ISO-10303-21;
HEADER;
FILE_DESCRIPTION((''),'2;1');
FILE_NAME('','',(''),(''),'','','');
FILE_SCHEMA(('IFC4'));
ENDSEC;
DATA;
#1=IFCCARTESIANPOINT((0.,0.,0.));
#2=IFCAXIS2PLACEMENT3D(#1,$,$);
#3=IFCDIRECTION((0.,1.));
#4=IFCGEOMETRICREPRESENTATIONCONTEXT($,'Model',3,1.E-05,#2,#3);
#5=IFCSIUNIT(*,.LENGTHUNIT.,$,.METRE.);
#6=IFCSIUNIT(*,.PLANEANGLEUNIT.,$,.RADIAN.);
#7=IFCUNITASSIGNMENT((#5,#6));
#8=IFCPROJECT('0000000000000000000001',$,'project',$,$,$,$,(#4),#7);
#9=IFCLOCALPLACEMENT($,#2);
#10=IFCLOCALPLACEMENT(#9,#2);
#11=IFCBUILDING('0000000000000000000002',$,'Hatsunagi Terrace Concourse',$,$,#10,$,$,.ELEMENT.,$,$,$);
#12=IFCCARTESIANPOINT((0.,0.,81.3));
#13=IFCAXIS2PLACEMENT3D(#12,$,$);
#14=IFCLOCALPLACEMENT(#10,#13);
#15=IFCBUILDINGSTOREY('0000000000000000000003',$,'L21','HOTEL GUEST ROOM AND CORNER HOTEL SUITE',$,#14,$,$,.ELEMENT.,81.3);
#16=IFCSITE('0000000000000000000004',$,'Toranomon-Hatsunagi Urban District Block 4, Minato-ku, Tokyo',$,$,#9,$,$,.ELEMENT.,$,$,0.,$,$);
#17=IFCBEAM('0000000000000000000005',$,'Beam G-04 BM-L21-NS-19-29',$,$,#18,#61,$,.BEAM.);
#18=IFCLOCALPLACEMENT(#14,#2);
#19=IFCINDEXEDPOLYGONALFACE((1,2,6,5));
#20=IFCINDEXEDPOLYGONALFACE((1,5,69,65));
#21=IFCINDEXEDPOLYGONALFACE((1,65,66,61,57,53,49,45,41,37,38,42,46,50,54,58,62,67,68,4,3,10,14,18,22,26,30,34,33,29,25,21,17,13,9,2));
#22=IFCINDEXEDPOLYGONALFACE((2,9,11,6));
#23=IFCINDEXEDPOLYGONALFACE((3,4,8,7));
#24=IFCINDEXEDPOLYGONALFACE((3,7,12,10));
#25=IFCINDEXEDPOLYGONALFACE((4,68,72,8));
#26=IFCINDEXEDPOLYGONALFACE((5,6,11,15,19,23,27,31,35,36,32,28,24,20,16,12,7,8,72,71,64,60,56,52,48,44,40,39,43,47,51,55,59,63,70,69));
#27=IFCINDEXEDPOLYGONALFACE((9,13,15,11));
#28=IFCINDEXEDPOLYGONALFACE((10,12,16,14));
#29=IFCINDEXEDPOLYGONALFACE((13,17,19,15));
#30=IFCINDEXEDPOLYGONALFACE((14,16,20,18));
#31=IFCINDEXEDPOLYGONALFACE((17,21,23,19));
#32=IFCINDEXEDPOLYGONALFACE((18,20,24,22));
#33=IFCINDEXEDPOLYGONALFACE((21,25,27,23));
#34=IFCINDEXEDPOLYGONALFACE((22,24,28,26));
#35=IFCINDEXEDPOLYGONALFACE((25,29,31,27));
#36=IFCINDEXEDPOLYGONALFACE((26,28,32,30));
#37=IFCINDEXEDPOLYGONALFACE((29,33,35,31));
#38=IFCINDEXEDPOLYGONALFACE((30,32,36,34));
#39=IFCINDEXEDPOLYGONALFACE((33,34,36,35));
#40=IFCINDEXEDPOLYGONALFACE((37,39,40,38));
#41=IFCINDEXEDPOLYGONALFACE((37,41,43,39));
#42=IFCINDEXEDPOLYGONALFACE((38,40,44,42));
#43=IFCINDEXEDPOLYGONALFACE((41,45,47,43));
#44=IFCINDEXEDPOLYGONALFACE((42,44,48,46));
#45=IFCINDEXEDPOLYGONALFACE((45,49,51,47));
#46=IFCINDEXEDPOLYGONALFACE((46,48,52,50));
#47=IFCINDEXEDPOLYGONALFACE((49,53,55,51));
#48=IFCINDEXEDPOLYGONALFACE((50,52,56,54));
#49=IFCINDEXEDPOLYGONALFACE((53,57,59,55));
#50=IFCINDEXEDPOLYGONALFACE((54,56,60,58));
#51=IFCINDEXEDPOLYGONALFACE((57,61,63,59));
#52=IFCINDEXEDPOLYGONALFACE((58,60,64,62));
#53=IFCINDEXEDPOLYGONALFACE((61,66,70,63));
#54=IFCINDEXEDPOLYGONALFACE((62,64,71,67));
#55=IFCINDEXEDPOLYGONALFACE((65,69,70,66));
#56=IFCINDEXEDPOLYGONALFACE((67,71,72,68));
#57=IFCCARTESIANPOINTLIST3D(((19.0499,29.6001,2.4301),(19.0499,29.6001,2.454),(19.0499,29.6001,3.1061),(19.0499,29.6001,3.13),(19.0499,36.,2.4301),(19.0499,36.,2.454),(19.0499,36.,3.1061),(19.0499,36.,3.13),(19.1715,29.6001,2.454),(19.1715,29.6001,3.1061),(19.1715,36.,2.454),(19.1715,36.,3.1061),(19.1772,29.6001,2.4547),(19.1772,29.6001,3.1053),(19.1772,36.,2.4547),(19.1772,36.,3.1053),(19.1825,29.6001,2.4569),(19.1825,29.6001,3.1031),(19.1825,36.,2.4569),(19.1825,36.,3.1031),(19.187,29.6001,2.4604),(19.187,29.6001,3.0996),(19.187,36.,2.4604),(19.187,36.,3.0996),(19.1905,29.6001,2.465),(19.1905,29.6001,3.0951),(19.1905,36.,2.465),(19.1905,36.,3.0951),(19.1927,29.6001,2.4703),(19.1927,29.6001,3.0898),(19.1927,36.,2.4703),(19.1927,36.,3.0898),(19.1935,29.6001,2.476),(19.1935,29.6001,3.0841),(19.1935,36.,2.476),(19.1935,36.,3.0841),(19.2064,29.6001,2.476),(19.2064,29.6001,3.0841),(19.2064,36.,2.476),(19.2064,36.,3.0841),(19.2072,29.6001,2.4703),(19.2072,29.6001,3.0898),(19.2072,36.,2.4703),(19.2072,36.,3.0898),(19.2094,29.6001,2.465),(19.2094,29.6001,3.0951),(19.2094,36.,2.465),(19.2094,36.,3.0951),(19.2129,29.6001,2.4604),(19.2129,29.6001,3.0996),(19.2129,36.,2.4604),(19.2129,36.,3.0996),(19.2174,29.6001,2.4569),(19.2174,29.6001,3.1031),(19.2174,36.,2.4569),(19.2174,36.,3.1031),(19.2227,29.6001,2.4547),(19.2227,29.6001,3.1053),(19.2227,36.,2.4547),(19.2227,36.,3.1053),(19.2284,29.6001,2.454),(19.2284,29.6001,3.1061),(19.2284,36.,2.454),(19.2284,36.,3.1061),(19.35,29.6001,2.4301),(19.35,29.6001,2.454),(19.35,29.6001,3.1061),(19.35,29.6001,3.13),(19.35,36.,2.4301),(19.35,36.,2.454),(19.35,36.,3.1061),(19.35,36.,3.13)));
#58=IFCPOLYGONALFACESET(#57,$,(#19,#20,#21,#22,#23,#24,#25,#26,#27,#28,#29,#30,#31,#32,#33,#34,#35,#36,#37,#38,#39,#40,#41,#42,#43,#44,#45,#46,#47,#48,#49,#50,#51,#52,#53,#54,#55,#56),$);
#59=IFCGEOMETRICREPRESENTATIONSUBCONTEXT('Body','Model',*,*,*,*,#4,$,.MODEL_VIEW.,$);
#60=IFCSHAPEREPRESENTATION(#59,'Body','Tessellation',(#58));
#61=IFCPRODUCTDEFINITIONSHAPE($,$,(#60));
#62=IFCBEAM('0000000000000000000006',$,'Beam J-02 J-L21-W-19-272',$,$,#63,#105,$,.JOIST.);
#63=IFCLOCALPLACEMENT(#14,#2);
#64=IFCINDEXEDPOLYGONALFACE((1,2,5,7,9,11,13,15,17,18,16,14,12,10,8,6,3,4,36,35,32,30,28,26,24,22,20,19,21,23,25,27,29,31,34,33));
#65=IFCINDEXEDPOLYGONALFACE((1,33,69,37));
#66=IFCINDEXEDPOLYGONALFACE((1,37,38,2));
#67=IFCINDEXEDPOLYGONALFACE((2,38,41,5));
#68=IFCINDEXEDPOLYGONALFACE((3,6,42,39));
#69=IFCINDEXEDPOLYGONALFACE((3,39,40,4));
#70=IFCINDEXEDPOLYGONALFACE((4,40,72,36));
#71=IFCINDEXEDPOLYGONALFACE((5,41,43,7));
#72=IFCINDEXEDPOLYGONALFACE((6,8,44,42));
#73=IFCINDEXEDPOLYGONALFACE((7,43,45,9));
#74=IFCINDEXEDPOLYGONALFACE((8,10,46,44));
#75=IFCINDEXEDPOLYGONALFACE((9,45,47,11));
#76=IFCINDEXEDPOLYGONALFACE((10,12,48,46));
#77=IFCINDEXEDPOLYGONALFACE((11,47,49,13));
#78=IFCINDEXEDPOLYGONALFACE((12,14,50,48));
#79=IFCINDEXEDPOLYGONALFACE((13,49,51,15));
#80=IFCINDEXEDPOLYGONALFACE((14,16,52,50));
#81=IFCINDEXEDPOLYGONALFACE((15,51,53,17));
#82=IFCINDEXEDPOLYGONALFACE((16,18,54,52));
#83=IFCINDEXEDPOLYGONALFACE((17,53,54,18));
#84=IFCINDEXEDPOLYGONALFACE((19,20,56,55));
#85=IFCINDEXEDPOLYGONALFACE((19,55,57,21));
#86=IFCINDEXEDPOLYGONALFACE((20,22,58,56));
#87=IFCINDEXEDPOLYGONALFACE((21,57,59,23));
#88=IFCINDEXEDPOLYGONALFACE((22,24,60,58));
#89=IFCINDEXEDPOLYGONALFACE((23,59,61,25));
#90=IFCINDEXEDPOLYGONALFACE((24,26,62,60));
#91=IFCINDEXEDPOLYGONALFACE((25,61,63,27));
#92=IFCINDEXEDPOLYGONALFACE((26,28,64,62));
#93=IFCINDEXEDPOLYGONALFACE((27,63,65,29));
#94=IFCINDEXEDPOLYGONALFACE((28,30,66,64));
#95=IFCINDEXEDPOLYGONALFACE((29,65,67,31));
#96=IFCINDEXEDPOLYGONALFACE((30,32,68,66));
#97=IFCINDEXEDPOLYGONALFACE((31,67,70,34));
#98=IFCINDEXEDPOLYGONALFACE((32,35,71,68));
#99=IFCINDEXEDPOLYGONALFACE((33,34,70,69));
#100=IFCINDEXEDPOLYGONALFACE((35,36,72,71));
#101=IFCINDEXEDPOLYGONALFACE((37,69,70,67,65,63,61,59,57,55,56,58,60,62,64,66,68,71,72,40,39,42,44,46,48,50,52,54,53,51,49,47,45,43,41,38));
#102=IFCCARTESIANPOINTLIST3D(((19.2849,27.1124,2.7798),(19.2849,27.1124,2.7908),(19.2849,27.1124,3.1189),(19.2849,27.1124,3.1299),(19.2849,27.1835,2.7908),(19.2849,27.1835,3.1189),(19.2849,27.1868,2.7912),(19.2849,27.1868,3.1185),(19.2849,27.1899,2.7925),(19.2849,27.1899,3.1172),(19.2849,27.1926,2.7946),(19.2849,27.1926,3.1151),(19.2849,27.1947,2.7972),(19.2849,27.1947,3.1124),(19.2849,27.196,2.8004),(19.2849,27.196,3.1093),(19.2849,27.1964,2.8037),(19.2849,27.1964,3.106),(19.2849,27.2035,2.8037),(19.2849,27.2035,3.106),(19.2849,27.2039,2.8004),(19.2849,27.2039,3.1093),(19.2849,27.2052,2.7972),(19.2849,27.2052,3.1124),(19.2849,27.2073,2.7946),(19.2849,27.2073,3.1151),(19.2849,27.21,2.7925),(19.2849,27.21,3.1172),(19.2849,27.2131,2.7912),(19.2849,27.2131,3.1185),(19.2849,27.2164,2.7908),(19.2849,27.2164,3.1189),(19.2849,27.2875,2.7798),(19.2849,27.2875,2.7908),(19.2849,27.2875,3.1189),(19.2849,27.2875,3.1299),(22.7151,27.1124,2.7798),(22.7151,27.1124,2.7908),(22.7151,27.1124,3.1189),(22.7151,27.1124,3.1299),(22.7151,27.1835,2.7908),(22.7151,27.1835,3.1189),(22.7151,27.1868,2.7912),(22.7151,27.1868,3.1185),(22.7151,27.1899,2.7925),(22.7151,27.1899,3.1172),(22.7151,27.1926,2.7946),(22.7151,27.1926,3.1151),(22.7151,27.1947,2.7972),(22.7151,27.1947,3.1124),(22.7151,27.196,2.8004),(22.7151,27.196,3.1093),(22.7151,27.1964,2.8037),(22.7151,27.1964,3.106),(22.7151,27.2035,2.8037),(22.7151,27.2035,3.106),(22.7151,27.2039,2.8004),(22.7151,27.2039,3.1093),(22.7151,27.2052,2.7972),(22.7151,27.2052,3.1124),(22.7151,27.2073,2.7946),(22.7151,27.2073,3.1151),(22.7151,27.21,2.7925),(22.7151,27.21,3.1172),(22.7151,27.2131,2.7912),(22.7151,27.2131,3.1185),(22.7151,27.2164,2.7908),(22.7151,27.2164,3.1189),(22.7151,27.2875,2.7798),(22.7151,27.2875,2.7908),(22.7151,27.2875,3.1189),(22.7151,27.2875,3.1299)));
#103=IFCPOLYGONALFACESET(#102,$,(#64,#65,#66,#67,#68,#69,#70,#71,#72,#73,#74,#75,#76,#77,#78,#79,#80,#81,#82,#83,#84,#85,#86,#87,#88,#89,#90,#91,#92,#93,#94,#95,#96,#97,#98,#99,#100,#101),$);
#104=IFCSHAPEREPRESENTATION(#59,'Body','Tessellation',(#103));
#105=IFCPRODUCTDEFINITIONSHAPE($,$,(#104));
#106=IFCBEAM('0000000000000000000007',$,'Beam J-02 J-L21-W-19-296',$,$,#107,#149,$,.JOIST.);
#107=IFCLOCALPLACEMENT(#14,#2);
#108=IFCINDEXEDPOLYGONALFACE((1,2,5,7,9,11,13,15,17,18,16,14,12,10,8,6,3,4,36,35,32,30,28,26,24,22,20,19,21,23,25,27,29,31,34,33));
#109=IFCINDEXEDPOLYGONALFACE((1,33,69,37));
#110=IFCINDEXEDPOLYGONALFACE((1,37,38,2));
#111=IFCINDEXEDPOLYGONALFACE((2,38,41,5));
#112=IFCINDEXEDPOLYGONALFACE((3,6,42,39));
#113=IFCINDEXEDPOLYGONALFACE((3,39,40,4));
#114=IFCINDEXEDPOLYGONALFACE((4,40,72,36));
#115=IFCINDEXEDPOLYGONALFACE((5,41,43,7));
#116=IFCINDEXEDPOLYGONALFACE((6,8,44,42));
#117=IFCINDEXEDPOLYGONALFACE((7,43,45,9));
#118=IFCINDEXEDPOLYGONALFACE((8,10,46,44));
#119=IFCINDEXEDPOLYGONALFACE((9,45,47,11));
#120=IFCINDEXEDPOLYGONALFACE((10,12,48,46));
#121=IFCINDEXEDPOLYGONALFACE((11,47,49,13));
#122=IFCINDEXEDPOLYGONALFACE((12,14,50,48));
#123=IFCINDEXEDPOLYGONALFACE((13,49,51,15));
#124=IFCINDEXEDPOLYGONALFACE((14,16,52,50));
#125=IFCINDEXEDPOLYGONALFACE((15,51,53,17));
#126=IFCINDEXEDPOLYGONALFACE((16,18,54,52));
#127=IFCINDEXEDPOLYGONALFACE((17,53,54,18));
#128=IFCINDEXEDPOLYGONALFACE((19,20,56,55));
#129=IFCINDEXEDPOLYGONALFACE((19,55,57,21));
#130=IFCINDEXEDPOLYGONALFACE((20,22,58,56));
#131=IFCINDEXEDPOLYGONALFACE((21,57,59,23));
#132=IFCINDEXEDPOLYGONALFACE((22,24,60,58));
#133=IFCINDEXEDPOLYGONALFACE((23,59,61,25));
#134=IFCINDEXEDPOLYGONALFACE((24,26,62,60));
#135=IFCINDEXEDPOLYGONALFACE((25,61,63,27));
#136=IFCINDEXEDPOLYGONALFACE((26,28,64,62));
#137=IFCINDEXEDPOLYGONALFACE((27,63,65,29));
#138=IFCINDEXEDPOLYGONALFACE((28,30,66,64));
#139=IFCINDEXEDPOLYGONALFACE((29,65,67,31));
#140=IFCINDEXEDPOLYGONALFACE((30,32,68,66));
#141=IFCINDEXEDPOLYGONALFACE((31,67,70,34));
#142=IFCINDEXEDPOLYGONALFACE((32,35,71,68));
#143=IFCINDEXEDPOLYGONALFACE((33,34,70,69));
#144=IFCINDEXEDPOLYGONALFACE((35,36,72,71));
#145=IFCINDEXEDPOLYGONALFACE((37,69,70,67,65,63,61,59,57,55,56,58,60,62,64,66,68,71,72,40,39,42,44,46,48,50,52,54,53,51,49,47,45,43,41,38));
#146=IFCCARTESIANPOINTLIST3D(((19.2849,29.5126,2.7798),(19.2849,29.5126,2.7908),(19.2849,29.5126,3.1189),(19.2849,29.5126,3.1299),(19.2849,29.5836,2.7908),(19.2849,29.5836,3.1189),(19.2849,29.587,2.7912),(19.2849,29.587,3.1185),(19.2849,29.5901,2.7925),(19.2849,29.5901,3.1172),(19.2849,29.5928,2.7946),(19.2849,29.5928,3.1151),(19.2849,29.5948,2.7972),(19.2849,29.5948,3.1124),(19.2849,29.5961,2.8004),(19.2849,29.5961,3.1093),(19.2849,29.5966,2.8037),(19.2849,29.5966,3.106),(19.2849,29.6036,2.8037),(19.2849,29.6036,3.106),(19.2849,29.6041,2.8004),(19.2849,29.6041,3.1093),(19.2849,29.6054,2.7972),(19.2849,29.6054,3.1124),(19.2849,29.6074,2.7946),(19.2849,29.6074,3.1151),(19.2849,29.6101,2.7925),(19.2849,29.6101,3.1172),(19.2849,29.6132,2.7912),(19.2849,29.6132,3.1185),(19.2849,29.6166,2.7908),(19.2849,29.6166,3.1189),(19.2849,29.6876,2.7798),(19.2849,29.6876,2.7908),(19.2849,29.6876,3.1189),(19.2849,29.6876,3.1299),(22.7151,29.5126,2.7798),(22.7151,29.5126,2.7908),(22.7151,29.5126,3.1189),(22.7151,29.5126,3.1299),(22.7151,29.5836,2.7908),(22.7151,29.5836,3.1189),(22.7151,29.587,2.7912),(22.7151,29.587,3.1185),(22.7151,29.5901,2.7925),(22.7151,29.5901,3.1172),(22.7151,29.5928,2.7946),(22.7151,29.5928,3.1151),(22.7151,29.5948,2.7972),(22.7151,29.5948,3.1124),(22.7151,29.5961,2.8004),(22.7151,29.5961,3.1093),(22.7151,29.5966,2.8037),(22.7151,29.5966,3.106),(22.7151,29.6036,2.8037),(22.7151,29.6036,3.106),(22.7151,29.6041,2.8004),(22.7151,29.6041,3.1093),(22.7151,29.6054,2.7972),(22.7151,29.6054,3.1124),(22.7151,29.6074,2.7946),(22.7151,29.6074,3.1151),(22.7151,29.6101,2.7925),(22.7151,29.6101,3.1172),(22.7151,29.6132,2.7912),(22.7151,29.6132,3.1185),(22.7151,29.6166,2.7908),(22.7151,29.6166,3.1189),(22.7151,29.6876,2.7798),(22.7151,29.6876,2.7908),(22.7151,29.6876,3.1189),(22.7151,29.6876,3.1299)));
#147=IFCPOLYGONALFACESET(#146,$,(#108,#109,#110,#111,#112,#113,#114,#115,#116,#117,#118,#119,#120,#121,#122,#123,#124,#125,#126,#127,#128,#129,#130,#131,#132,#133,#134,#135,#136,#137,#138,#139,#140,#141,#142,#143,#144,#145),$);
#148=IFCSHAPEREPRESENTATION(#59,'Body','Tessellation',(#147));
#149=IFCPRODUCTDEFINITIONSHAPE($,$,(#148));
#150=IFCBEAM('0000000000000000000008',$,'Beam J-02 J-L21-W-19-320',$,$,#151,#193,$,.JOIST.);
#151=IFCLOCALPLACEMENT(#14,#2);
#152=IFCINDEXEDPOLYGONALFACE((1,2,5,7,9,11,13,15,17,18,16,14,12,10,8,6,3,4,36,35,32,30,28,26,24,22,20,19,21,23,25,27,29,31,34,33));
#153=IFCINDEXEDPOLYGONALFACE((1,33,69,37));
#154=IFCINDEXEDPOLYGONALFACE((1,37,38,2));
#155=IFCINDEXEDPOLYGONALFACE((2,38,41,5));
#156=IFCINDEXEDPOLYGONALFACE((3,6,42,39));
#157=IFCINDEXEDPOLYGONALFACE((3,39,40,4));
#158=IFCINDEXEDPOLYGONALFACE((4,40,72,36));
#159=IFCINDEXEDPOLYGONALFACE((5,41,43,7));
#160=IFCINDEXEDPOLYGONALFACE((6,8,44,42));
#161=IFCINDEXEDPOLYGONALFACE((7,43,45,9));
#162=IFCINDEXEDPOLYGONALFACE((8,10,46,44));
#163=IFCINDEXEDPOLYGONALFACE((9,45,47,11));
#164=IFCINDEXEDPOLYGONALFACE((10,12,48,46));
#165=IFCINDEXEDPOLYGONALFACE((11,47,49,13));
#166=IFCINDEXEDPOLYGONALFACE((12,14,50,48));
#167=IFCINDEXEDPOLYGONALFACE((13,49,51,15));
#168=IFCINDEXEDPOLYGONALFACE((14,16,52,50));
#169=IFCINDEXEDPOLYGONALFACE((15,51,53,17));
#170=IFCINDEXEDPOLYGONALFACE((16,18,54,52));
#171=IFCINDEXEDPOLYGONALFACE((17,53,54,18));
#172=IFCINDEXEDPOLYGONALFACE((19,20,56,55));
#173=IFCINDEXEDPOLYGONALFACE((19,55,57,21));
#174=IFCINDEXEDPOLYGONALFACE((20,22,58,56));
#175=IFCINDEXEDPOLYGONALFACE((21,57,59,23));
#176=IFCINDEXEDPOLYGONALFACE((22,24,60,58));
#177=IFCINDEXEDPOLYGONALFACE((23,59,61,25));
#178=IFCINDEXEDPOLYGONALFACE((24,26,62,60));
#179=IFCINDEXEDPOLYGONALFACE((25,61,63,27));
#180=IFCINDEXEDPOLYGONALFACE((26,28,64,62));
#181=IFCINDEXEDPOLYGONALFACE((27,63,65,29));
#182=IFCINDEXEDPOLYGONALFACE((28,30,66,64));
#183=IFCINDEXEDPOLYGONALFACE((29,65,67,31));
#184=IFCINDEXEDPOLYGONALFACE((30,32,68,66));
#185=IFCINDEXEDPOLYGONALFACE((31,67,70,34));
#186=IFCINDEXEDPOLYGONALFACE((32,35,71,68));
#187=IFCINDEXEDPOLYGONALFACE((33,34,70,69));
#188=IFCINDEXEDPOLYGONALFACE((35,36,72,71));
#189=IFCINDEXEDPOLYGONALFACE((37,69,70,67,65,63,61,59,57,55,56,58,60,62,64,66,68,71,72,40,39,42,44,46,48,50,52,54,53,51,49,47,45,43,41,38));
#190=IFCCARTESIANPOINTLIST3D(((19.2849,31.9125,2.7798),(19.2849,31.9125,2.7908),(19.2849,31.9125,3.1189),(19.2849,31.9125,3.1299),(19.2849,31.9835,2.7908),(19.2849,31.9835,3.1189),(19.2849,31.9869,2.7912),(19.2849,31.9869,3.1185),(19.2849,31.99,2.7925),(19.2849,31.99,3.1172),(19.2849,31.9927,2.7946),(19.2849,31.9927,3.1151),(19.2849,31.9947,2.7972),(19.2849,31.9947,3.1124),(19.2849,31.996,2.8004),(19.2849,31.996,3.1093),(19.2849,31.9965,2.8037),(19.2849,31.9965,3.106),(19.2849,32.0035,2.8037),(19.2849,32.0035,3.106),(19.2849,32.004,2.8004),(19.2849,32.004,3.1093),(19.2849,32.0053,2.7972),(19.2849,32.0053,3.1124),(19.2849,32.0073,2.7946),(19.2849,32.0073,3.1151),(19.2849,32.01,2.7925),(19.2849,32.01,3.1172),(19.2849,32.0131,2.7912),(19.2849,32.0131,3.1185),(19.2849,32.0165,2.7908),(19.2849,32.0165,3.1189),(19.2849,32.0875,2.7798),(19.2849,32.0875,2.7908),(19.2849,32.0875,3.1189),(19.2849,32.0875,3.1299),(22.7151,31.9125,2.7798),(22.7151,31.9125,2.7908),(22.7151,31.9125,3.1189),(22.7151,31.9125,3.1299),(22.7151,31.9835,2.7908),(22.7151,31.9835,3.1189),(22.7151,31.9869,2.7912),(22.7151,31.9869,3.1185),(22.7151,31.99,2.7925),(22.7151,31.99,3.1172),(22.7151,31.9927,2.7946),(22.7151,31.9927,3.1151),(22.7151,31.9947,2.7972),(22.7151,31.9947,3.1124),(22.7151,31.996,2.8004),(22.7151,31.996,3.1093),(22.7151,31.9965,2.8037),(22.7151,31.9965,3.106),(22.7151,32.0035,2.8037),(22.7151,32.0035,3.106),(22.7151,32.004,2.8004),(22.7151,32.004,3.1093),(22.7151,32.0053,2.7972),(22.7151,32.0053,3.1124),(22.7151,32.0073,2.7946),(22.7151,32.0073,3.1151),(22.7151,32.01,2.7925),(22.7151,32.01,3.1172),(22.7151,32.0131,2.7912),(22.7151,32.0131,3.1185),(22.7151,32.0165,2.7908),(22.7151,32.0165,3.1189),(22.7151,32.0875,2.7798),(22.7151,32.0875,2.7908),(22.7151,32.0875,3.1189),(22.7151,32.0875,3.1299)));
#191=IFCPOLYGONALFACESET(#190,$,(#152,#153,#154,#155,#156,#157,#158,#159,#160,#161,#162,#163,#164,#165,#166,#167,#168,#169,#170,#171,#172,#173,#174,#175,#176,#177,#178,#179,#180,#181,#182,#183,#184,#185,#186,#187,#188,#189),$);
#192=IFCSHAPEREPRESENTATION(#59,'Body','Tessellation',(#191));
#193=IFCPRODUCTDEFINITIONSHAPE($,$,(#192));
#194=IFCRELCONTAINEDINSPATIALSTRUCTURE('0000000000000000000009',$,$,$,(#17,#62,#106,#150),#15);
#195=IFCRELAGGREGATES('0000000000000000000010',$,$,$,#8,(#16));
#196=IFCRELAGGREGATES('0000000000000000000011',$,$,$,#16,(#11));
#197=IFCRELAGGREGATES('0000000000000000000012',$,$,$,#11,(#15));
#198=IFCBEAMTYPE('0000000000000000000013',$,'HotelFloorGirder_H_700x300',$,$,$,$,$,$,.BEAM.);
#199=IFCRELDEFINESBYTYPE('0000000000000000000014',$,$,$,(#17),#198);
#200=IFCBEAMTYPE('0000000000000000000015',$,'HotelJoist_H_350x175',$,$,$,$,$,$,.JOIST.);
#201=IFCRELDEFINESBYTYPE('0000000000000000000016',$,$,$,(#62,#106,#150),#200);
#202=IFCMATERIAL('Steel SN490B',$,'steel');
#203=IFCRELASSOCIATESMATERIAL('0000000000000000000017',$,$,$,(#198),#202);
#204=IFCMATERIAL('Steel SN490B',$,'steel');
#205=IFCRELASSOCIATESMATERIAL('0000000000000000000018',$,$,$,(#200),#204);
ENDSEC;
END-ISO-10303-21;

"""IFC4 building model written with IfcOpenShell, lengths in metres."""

from ifc_helpers import new_model, si_unit, direction, frame, origin, origin_2d, place, context, subcontext, project, spatial, i_section, extrude, material, material_profile, profile_set, type_object, element, save


model = new_model("IFC4")

# Units and contexts
model_context = context("Model", 3, precision=1e-05, world=origin(), true_north=direction((0.0, 1.0)))
body_context = subcontext(model_context, "Body", "Model", "MODEL_VIEW")
ifc_project = project(units=[si_unit("LENGTHUNIT", "METRE"), si_unit("PLANEANGLEUNIT", "RADIAN")], contexts=[model_context])

# Site, building, storey
site_placement = place(None, origin())
site = spatial("IfcSite", under=ifc_project, at=site_placement, Name="Toranomon-Hatsunagi Urban District Block 4, Minato-ku, Tokyo", CompositionType="ELEMENT", RefElevation=0.0)
building_placement = place(site_placement, origin())
building = spatial("IfcBuilding", under=site, at=building_placement, Name="Hatsunagi Terrace Concourse", CompositionType="ELEMENT")
storey_placement = place(building_placement, frame((0.0, 0.0, 81.3)))
storey = spatial("IfcBuildingStorey", under=building, at=storey_placement, Name="L21", Description="HOTEL GUEST ROOM AND CORNER HOTEL SUITE", CompositionType="ELEMENT", Elevation=81.3)

# Beams
ifc_material_1 = material(Name="Steel SN490B", Category="steel")
ifc_material_profile_1 = material_profile(ifc_material_1, i_section(OverallWidth=0.3, OverallDepth=0.7, WebThickness=0.0129, FlangeThickness=0.0239, FilletRadius=0.022, at=origin_2d()), Name="H-700x300x13x24")
ifc_profile_set_1 = profile_set([ifc_material_profile_1], Name="Steel SN490B")
beam_type_1 = type_object("IfcBeamType", Name="HotelFloorGirder_H_700x300", PredefinedType="BEAM", material=ifc_profile_set_1)
beam_placement = place(storey_placement, frame((19.2, 29.6001, 2.78), z_axis=(0.0, 1.0, 0.0), x_axis=(-1.0, 0.0, 0.0)))
element("IfcBeam", 1, at=beam_placement, inside=storey, type_object=beam_type_1, Name="Beam G-04 BM-L21-NS-19-29", PredefinedType="BEAM", context=body_context, shape_type="SweptSolid", body=[
    extrude(i_section(OverallWidth=0.3, OverallDepth=0.7, WebThickness=0.0129, FlangeThickness=0.0239, FilletRadius=0.022, at=origin_2d()), origin(), (0.0, 0.0, 1.0), 6.3999),
])
ifc_material_2 = material(Name="Steel SN490B", Category="steel")
ifc_material_profile_2 = material_profile(ifc_material_2, i_section(OverallWidth=0.175, OverallDepth=0.3501, WebThickness=0.0071, FlangeThickness=0.011, FilletRadius=0.0129, at=origin_2d()), Name="H-350x175x7x11")
ifc_profile_set_2 = profile_set([ifc_material_profile_2], Name="Steel SN490B")
beam_type_2 = type_object("IfcBeamType", Name="HotelJoist_H_350x175", PredefinedType="JOIST", material=ifc_profile_set_2)
for number, where, z_axis, x_axis, name in (
    (2, (19.2849, 27.2, 2.9548), (1.0, 0.0, 0.0), (0.0, 1.0, 0.0), "Beam J-02 J-L21-W-19-272"),
    (3, (19.2849, 29.6001, 2.9548), (1.0, 0.0, 0.0), (0.0, 1.0, 0.0), "Beam J-02 J-L21-W-19-296"),
    (4, (19.2849, 32.0, 2.9548), (1.0, 0.0, 0.0), (0.0, 1.0, 0.0), "Beam J-02 J-L21-W-19-320"),
):
    element("IfcBeam", number, at=place(storey_placement, frame(where, z_axis=z_axis, x_axis=x_axis)), inside=storey, type_object=beam_type_2, Name=name, PredefinedType="JOIST", context=body_context, shape_type="SweptSolid", body=[
        extrude(i_section(OverallWidth=0.175, OverallDepth=0.3501, WebThickness=0.0071, FlangeThickness=0.011, FilletRadius=0.0129, at=origin_2d()), origin(), (0.0, 0.0, 1.0), 3.4302),
    ])

save(model, "model.ifc")
